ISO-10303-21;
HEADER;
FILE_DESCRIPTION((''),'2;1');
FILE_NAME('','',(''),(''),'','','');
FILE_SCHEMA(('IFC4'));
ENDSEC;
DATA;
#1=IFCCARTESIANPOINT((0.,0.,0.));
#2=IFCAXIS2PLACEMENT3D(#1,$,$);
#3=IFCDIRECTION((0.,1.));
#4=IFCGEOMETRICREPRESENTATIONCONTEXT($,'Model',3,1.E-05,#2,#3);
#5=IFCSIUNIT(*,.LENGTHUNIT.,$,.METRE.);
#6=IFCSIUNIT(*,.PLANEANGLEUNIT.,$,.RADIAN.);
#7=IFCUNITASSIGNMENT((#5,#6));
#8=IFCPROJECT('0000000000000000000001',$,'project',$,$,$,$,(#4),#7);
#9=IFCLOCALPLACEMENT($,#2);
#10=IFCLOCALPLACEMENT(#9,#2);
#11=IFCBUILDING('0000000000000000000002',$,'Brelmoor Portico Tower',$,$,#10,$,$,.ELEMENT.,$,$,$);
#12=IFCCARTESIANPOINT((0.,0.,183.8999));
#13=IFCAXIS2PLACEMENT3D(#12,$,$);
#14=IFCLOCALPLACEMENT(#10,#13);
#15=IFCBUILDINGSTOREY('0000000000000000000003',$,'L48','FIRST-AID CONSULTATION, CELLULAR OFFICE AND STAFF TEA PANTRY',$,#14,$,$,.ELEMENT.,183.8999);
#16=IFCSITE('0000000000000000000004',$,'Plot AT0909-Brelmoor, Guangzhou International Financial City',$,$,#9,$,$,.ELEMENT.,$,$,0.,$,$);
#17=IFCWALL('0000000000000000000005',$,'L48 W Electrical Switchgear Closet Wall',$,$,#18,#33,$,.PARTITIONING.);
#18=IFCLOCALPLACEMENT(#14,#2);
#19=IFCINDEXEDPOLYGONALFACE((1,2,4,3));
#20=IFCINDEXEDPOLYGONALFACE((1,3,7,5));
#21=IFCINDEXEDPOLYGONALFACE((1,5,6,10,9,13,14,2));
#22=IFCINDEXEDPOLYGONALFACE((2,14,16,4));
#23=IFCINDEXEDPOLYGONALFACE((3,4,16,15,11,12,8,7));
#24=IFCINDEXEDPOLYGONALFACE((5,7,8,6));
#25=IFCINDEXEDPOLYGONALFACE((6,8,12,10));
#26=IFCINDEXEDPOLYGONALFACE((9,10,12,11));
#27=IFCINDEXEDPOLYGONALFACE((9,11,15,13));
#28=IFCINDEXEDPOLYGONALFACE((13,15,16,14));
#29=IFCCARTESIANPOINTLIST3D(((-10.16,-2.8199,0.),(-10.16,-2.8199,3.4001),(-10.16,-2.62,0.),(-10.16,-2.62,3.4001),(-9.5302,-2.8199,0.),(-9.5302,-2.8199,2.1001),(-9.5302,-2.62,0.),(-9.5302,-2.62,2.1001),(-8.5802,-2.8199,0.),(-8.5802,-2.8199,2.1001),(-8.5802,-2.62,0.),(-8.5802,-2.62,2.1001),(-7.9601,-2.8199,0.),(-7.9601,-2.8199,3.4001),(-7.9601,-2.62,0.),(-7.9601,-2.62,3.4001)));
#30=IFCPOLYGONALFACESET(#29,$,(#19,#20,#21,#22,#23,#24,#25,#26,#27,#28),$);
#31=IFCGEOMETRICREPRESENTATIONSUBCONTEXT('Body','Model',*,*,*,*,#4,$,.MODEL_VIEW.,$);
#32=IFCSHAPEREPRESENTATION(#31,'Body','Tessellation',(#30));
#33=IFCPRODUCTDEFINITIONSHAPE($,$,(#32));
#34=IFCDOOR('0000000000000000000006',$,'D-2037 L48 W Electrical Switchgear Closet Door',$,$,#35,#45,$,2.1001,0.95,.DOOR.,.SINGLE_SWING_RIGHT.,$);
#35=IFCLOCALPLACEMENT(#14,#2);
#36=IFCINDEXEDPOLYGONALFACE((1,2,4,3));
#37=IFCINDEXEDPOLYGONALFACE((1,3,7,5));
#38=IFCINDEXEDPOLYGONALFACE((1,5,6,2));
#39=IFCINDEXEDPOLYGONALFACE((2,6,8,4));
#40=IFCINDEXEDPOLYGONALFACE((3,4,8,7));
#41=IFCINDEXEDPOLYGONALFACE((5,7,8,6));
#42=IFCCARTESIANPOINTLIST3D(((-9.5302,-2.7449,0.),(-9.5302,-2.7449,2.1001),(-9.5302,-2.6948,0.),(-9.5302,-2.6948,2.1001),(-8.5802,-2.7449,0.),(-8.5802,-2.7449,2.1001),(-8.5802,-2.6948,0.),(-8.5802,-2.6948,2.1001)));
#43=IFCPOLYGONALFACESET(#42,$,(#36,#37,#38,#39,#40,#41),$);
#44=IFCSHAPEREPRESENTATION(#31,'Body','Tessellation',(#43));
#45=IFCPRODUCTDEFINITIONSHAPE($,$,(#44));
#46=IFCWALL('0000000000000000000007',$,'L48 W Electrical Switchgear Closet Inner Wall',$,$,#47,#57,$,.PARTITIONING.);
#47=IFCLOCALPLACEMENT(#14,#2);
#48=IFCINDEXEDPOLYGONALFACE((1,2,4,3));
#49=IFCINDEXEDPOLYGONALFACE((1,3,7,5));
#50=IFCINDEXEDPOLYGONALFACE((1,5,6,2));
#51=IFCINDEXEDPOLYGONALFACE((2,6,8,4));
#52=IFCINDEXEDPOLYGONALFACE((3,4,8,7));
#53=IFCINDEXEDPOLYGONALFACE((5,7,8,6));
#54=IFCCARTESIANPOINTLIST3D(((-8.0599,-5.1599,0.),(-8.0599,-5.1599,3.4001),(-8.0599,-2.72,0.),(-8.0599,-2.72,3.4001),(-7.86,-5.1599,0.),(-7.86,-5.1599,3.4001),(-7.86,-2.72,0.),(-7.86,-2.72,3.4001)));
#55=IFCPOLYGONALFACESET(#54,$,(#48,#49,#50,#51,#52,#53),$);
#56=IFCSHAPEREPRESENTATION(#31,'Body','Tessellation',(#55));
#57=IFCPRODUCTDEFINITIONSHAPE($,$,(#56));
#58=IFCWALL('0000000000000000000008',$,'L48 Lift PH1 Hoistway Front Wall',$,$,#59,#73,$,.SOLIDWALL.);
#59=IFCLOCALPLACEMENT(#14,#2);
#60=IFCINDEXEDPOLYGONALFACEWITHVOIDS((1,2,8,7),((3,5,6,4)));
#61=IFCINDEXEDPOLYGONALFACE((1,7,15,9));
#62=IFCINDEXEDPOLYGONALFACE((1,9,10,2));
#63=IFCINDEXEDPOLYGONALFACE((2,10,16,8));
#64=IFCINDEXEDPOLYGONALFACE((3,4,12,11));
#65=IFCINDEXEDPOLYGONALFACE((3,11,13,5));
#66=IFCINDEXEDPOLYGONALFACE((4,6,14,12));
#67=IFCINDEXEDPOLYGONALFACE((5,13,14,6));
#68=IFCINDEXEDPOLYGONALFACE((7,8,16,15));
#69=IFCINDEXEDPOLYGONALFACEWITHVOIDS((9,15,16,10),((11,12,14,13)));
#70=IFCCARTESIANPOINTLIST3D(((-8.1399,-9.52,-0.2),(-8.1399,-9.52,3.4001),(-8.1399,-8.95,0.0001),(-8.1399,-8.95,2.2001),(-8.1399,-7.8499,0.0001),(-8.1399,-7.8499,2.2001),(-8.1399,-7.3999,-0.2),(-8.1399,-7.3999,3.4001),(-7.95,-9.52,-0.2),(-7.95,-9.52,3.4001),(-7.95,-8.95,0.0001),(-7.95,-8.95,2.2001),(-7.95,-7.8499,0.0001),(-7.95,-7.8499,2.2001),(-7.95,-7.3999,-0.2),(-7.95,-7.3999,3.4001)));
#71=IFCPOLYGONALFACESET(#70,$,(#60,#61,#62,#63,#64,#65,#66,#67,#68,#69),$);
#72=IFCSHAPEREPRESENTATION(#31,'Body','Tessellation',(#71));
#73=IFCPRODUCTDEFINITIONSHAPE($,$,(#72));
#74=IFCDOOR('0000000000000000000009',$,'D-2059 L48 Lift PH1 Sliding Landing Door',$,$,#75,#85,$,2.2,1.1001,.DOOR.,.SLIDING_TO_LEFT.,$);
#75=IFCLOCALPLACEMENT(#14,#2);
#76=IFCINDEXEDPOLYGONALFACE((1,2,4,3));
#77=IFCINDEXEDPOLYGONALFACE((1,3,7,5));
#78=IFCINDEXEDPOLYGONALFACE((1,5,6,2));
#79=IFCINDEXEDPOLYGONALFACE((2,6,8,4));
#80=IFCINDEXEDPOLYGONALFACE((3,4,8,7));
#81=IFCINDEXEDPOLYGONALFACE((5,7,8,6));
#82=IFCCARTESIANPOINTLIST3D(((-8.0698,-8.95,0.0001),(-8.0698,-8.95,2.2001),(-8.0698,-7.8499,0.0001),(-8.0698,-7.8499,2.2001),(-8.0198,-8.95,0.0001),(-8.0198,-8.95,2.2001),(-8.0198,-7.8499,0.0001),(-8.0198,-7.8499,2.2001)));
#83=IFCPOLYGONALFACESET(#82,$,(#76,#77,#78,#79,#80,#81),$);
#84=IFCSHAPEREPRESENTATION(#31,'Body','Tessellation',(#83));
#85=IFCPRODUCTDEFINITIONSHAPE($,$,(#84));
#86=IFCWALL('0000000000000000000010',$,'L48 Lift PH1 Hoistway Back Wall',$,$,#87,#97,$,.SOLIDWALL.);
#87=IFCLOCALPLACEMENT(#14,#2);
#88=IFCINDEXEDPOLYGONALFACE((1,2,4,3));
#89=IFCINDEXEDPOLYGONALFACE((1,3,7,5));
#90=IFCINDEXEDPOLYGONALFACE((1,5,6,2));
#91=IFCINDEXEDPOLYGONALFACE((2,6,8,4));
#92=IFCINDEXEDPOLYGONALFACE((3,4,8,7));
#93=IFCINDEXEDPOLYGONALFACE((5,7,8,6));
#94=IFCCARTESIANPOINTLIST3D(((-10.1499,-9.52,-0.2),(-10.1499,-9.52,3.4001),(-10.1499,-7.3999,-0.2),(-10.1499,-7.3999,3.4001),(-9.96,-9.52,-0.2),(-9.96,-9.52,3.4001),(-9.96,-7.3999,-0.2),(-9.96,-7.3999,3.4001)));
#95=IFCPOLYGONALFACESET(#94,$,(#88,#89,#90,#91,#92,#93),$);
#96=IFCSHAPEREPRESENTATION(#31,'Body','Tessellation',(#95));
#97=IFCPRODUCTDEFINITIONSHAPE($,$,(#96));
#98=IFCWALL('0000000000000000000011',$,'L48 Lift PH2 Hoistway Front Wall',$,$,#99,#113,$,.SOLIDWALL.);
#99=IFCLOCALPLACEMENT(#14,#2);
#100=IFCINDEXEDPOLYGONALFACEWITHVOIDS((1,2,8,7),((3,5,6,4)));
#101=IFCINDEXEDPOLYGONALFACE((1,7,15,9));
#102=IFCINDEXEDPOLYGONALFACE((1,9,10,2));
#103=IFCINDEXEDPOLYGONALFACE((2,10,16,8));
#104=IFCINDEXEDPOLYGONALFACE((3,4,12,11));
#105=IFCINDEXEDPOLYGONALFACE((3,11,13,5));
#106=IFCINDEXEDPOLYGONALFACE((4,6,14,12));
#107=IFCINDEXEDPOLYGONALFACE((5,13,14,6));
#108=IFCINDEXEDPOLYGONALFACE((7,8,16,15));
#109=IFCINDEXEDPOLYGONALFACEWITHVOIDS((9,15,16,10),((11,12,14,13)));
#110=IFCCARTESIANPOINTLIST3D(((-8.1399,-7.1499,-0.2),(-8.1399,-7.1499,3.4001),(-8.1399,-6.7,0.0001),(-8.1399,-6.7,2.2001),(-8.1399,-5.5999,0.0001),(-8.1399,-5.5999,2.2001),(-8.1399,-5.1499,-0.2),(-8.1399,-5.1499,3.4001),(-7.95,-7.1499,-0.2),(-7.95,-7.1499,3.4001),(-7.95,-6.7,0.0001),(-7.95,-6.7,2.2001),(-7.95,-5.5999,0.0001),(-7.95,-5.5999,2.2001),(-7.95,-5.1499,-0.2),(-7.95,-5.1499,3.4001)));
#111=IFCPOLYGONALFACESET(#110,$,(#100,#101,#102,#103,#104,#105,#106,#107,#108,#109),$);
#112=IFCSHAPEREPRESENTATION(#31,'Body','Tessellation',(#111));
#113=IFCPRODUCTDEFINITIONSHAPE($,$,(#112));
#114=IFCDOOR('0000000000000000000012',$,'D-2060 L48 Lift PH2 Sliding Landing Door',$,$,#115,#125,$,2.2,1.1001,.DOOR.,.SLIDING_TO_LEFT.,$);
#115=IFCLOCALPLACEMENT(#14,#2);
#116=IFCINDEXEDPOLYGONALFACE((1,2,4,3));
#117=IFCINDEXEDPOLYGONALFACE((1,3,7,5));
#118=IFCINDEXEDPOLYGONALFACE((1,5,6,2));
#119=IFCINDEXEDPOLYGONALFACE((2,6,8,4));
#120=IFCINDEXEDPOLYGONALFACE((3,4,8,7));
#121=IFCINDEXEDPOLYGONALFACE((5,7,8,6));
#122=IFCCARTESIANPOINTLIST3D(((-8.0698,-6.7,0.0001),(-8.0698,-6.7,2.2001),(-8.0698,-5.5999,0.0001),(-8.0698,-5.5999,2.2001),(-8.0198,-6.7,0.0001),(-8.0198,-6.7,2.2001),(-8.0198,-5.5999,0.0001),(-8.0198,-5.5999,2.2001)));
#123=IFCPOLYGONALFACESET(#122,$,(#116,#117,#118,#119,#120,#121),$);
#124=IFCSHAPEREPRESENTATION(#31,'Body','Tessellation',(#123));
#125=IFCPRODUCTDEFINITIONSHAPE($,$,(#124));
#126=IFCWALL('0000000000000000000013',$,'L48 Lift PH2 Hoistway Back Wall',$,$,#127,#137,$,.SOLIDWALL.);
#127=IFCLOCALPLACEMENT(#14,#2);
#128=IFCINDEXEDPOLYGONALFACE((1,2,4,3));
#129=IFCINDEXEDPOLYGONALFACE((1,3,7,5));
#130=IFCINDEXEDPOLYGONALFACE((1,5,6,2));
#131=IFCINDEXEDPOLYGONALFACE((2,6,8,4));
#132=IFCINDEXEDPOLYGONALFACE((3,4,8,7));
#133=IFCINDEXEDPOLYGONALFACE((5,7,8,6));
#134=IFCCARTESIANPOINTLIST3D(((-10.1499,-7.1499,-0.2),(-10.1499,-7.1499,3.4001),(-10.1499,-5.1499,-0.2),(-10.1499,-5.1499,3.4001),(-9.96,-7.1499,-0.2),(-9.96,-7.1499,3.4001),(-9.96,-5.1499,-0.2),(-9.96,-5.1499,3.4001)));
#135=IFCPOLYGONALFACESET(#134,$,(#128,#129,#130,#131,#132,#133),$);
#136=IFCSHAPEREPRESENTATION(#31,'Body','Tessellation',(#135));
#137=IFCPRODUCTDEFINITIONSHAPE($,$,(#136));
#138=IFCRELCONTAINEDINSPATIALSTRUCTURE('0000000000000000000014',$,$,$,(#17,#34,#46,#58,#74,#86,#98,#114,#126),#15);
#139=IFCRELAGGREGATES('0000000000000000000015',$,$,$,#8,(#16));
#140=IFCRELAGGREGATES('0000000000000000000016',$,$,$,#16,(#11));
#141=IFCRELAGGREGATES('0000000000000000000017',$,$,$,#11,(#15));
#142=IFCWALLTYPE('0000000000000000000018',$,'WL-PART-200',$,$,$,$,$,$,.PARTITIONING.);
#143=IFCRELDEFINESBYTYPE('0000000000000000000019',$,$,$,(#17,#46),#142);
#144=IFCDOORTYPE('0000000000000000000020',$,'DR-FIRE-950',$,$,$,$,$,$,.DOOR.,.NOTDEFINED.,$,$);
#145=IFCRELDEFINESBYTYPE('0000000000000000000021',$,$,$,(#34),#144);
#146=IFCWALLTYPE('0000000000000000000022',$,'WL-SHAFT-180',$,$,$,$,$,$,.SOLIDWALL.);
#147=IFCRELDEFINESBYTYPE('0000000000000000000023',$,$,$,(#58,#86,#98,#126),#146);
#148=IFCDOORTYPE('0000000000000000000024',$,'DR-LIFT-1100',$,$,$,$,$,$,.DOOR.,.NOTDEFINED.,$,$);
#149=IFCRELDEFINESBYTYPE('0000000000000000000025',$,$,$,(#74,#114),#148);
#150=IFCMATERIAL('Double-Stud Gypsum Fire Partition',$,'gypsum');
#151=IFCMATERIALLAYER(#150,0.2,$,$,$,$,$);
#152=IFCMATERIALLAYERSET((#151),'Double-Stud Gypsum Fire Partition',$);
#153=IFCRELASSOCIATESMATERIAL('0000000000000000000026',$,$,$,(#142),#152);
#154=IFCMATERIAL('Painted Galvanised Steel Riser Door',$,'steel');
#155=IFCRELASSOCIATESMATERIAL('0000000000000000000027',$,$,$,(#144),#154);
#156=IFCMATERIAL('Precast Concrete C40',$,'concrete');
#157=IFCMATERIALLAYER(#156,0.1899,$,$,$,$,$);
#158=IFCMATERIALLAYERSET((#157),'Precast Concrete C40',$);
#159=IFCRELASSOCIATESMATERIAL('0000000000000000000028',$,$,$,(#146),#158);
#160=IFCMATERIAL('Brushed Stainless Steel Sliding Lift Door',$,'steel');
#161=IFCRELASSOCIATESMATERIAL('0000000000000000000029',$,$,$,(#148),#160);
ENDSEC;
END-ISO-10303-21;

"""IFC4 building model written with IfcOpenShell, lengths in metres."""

from ifc_helpers import new_model, si_unit, direction, frame, frame_2d, origin, place, context, subcontext, project, spatial, rectangle, extrude, material, layer, layer_set, type_object, element, fill, save


model = new_model("IFC4")

# Units and contexts
model_context = context("Model", 3, precision=1e-05, world=origin(), true_north=direction((0.0, 1.0)))
body_context = subcontext(model_context, "Body", "Model", "MODEL_VIEW")
ifc_project = project(units=[si_unit("LENGTHUNIT", "METRE"), si_unit("PLANEANGLEUNIT", "RADIAN")], contexts=[model_context])

# Site, building, storey
site_placement = place(None, origin())
site = spatial("IfcSite", under=ifc_project, at=site_placement, Name="Plot AT0909-Brelmoor, Guangzhou International Financial City", CompositionType="ELEMENT", RefElevation=0.0)
building_placement = place(site_placement, origin())
building = spatial("IfcBuilding", under=site, at=building_placement, Name="Brelmoor Portico Tower", CompositionType="ELEMENT")
storey_placement = place(building_placement, frame((0.0, 0.0, 183.8999)))
storey = spatial("IfcBuildingStorey", under=building, at=storey_placement, Name="L48", Description="FIRST-AID CONSULTATION, CELLULAR OFFICE AND STAFF TEA PANTRY", CompositionType="ELEMENT", Elevation=183.8999)

# Shared definitions
ifc_material_1 = material(Name="Double-Stud Gypsum Fire Partition", Category="gypsum")
ifc_layer_1 = layer(ifc_material_1, 0.2)
ifc_layer_set_1 = layer_set([ifc_layer_1], Name="Double-Stud Gypsum Fire Partition")
wall_type_1 = type_object("IfcWallType", Name="WL-PART-200", PredefinedType="PARTITIONING", material=ifc_layer_set_1)

# Wall, opening, door
wall_1_placement = place(storey_placement, frame((-7.96, -2.72, 0.0), z_axis=(0.0, 0.0, 1.0), x_axis=(-1.0, 0.0, 0.0)))
wall_1 = element("IfcWall", 1, at=wall_1_placement, inside=storey, type_object=wall_type_1, Name="L48 W Electrical Switchgear Closet Wall", PredefinedType="PARTITIONING", context=body_context, shape_type="SweptSolid", body=[
    extrude(rectangle(XDim=2.2, YDim=0.2, at=frame_2d((1.1001, 0.0))), origin(), (0.0, 0.0, 1.0), 3.4001),
])
opening_1_placement = place(wall_1_placement, frame((0.6201, 0.0, 0.0)))
opening_1 = element("IfcOpeningElement", 2, at=opening_1_placement, cuts=wall_1, PredefinedType="OPENING", context=body_context, shape_type="SweptSolid", body=[
    extrude(rectangle(XDim=0.95, YDim=2.1001, at=frame_2d((0.4751, 1.05))), frame((0.0, 0.1099, 0.0), z_axis=(0.0, -1.0, 0.0), x_axis=(1.0, 0.0, 0.0)), (0.0, 0.0, 1.0), 0.22),
])
ifc_material_2 = material(Name="Painted Galvanised Steel Riser Door", Category="steel")
door_type_1 = type_object("IfcDoorType", Name="DR-FIRE-950", OperationType="NOTDEFINED", PredefinedType="DOOR", material=ifc_material_2)
door_1_placement = place(opening_1_placement, origin())
door_1 = element("IfcDoor", 3, at=door_1_placement, inside=storey, type_object=door_type_1, Name="D-2037 L48 W Electrical Switchgear Closet Door", OperationType="SINGLE_SWING_RIGHT", OverallHeight=2.1001, OverallWidth=0.95, PredefinedType="DOOR", context=body_context, shape_type="SweptSolid", body=[
    extrude(rectangle(XDim=0.95, YDim=2.1001, at=frame_2d((0.4751, 1.05))), frame((0.0, 0.0249, 0.0), z_axis=(0.0, -1.0, 0.0), x_axis=(1.0, 0.0, 0.0)), (0.0, 0.0, 1.0), 0.05),
])
fill(opening_1, door_1)

# Wall
wall_2_placement = place(storey_placement, frame((-7.96, -5.1599, 0.0), z_axis=(0.0, 0.0, 1.0), x_axis=(0.0, 1.0, 0.0)))
element("IfcWall", 4, at=wall_2_placement, inside=storey, type_object=wall_type_1, Name="L48 W Electrical Switchgear Closet Inner Wall", PredefinedType="PARTITIONING", context=body_context, shape_type="SweptSolid", body=[
    extrude(rectangle(XDim=2.4399, YDim=0.2, at=frame_2d((1.22, 0.0))), origin(), (0.0, 0.0, 1.0), 3.4001),
])

# Wall, opening, door
ifc_material_3 = material(Name="Precast Concrete C40", Category="concrete")
ifc_layer_2 = layer(ifc_material_3, 0.1899)
ifc_layer_set_2 = layer_set([ifc_layer_2], Name="Precast Concrete C40")
wall_type_2 = type_object("IfcWallType", Name="WL-SHAFT-180", PredefinedType="SOLIDWALL", material=ifc_layer_set_2)
wall_3_placement = place(storey_placement, frame((-8.0449, -9.52, -0.2), z_axis=(0.0, 0.0, 1.0), x_axis=(0.0, 1.0, 0.0)))
wall_3 = element("IfcWall", 5, at=wall_3_placement, inside=storey, type_object=wall_type_2, Name="L48 Lift PH1 Hoistway Front Wall", PredefinedType="SOLIDWALL", context=body_context, shape_type="SweptSolid", body=[
    extrude(rectangle(XDim=2.1201, YDim=0.1899, at=frame_2d((1.0601, 0.0))), origin(), (0.0, 0.0, 1.0), 3.6001),
])
opening_2_placement = place(wall_3_placement, frame((0.5701, 0.0, 0.2)))
opening_2 = element("IfcOpeningElement", 6, at=opening_2_placement, cuts=wall_3, PredefinedType="OPENING", context=body_context, shape_type="SweptSolid", body=[
    extrude(rectangle(XDim=1.1001, YDim=2.2, at=frame_2d((0.55, 1.1001))), frame((0.0, 0.105, 0.0), z_axis=(0.0, -1.0, 0.0), x_axis=(1.0, 0.0, 0.0)), (0.0, 0.0, 1.0), 0.21),
])
ifc_material_4 = material(Name="Brushed Stainless Steel Sliding Lift Door", Category="steel")
door_type_2 = type_object("IfcDoorType", Name="DR-LIFT-1100", OperationType="NOTDEFINED", PredefinedType="DOOR", material=ifc_material_4)
door_2_placement = place(opening_2_placement, origin())
door_2 = element("IfcDoor", 7, at=door_2_placement, inside=storey, type_object=door_type_2, Name="D-2059 L48 Lift PH1 Sliding Landing Door", OperationType="SLIDING_TO_LEFT", OverallHeight=2.2, OverallWidth=1.1001, PredefinedType="DOOR", context=body_context, shape_type="SweptSolid", body=[
    extrude(rectangle(XDim=1.1001, YDim=2.2, at=frame_2d((0.55, 1.1001))), frame((0.0, 0.0249, 0.0), z_axis=(0.0, -1.0, 0.0), x_axis=(1.0, 0.0, 0.0)), (0.0, 0.0, 1.0), 0.05),
])
fill(opening_2, door_2)

# Wall
wall_4_placement = place(storey_placement, frame((-10.0549, -9.52, -0.2), z_axis=(0.0, 0.0, 1.0), x_axis=(0.0, 1.0, 0.0)))
element("IfcWall", 8, at=wall_4_placement, inside=storey, type_object=wall_type_2, Name="L48 Lift PH1 Hoistway Back Wall", PredefinedType="SOLIDWALL", context=body_context, shape_type="SweptSolid", body=[
    extrude(rectangle(XDim=2.1201, YDim=0.1899, at=frame_2d((1.0601, 0.0))), origin(), (0.0, 0.0, 1.0), 3.6001),
])

# Wall, opening, door
wall_5_placement = place(storey_placement, frame((-8.0449, -7.1499, -0.2), z_axis=(0.0, 0.0, 1.0), x_axis=(0.0, 1.0, 0.0)))
wall_5 = element("IfcWall", 9, at=wall_5_placement, inside=storey, type_object=wall_type_2, Name="L48 Lift PH2 Hoistway Front Wall", PredefinedType="SOLIDWALL", context=body_context, shape_type="SweptSolid", body=[
    extrude(rectangle(XDim=2.0, YDim=0.1899, at=frame_2d((1.0, 0.0))), origin(), (0.0, 0.0, 1.0), 3.6001),
])
opening_3_placement = place(wall_5_placement, frame((0.45, 0.0, 0.2)))
opening_3 = element("IfcOpeningElement", 10, at=opening_3_placement, cuts=wall_5, PredefinedType="OPENING", context=body_context, shape_type="SweptSolid", body=[
    extrude(rectangle(XDim=1.1001, YDim=2.2, at=frame_2d((0.55, 1.1001))), frame((0.0, 0.105, 0.0), z_axis=(0.0, -1.0, 0.0), x_axis=(1.0, 0.0, 0.0)), (0.0, 0.0, 1.0), 0.21),
])
door_3_placement = place(opening_3_placement, origin())
door_3 = element("IfcDoor", 11, at=door_3_placement, inside=storey, type_object=door_type_2, Name="D-2060 L48 Lift PH2 Sliding Landing Door", OperationType="SLIDING_TO_LEFT", OverallHeight=2.2, OverallWidth=1.1001, PredefinedType="DOOR", context=body_context, shape_type="SweptSolid", body=[
    extrude(rectangle(XDim=1.1001, YDim=2.2, at=frame_2d((0.55, 1.1001))), frame((0.0, 0.0249, 0.0), z_axis=(0.0, -1.0, 0.0), x_axis=(1.0, 0.0, 0.0)), (0.0, 0.0, 1.0), 0.05),
])
fill(opening_3, door_3)

# Wall
wall_6_placement = place(storey_placement, frame((-10.0549, -7.1499, -0.2), z_axis=(0.0, 0.0, 1.0), x_axis=(0.0, 1.0, 0.0)))
element("IfcWall", 12, at=wall_6_placement, inside=storey, type_object=wall_type_2, Name="L48 Lift PH2 Hoistway Back Wall", PredefinedType="SOLIDWALL", context=body_context, shape_type="SweptSolid", body=[
    extrude(rectangle(XDim=2.0, YDim=0.1899, at=frame_2d((1.0, 0.0))), origin(), (0.0, 0.0, 1.0), 3.6001),
])

save(model, "model.ifc")
